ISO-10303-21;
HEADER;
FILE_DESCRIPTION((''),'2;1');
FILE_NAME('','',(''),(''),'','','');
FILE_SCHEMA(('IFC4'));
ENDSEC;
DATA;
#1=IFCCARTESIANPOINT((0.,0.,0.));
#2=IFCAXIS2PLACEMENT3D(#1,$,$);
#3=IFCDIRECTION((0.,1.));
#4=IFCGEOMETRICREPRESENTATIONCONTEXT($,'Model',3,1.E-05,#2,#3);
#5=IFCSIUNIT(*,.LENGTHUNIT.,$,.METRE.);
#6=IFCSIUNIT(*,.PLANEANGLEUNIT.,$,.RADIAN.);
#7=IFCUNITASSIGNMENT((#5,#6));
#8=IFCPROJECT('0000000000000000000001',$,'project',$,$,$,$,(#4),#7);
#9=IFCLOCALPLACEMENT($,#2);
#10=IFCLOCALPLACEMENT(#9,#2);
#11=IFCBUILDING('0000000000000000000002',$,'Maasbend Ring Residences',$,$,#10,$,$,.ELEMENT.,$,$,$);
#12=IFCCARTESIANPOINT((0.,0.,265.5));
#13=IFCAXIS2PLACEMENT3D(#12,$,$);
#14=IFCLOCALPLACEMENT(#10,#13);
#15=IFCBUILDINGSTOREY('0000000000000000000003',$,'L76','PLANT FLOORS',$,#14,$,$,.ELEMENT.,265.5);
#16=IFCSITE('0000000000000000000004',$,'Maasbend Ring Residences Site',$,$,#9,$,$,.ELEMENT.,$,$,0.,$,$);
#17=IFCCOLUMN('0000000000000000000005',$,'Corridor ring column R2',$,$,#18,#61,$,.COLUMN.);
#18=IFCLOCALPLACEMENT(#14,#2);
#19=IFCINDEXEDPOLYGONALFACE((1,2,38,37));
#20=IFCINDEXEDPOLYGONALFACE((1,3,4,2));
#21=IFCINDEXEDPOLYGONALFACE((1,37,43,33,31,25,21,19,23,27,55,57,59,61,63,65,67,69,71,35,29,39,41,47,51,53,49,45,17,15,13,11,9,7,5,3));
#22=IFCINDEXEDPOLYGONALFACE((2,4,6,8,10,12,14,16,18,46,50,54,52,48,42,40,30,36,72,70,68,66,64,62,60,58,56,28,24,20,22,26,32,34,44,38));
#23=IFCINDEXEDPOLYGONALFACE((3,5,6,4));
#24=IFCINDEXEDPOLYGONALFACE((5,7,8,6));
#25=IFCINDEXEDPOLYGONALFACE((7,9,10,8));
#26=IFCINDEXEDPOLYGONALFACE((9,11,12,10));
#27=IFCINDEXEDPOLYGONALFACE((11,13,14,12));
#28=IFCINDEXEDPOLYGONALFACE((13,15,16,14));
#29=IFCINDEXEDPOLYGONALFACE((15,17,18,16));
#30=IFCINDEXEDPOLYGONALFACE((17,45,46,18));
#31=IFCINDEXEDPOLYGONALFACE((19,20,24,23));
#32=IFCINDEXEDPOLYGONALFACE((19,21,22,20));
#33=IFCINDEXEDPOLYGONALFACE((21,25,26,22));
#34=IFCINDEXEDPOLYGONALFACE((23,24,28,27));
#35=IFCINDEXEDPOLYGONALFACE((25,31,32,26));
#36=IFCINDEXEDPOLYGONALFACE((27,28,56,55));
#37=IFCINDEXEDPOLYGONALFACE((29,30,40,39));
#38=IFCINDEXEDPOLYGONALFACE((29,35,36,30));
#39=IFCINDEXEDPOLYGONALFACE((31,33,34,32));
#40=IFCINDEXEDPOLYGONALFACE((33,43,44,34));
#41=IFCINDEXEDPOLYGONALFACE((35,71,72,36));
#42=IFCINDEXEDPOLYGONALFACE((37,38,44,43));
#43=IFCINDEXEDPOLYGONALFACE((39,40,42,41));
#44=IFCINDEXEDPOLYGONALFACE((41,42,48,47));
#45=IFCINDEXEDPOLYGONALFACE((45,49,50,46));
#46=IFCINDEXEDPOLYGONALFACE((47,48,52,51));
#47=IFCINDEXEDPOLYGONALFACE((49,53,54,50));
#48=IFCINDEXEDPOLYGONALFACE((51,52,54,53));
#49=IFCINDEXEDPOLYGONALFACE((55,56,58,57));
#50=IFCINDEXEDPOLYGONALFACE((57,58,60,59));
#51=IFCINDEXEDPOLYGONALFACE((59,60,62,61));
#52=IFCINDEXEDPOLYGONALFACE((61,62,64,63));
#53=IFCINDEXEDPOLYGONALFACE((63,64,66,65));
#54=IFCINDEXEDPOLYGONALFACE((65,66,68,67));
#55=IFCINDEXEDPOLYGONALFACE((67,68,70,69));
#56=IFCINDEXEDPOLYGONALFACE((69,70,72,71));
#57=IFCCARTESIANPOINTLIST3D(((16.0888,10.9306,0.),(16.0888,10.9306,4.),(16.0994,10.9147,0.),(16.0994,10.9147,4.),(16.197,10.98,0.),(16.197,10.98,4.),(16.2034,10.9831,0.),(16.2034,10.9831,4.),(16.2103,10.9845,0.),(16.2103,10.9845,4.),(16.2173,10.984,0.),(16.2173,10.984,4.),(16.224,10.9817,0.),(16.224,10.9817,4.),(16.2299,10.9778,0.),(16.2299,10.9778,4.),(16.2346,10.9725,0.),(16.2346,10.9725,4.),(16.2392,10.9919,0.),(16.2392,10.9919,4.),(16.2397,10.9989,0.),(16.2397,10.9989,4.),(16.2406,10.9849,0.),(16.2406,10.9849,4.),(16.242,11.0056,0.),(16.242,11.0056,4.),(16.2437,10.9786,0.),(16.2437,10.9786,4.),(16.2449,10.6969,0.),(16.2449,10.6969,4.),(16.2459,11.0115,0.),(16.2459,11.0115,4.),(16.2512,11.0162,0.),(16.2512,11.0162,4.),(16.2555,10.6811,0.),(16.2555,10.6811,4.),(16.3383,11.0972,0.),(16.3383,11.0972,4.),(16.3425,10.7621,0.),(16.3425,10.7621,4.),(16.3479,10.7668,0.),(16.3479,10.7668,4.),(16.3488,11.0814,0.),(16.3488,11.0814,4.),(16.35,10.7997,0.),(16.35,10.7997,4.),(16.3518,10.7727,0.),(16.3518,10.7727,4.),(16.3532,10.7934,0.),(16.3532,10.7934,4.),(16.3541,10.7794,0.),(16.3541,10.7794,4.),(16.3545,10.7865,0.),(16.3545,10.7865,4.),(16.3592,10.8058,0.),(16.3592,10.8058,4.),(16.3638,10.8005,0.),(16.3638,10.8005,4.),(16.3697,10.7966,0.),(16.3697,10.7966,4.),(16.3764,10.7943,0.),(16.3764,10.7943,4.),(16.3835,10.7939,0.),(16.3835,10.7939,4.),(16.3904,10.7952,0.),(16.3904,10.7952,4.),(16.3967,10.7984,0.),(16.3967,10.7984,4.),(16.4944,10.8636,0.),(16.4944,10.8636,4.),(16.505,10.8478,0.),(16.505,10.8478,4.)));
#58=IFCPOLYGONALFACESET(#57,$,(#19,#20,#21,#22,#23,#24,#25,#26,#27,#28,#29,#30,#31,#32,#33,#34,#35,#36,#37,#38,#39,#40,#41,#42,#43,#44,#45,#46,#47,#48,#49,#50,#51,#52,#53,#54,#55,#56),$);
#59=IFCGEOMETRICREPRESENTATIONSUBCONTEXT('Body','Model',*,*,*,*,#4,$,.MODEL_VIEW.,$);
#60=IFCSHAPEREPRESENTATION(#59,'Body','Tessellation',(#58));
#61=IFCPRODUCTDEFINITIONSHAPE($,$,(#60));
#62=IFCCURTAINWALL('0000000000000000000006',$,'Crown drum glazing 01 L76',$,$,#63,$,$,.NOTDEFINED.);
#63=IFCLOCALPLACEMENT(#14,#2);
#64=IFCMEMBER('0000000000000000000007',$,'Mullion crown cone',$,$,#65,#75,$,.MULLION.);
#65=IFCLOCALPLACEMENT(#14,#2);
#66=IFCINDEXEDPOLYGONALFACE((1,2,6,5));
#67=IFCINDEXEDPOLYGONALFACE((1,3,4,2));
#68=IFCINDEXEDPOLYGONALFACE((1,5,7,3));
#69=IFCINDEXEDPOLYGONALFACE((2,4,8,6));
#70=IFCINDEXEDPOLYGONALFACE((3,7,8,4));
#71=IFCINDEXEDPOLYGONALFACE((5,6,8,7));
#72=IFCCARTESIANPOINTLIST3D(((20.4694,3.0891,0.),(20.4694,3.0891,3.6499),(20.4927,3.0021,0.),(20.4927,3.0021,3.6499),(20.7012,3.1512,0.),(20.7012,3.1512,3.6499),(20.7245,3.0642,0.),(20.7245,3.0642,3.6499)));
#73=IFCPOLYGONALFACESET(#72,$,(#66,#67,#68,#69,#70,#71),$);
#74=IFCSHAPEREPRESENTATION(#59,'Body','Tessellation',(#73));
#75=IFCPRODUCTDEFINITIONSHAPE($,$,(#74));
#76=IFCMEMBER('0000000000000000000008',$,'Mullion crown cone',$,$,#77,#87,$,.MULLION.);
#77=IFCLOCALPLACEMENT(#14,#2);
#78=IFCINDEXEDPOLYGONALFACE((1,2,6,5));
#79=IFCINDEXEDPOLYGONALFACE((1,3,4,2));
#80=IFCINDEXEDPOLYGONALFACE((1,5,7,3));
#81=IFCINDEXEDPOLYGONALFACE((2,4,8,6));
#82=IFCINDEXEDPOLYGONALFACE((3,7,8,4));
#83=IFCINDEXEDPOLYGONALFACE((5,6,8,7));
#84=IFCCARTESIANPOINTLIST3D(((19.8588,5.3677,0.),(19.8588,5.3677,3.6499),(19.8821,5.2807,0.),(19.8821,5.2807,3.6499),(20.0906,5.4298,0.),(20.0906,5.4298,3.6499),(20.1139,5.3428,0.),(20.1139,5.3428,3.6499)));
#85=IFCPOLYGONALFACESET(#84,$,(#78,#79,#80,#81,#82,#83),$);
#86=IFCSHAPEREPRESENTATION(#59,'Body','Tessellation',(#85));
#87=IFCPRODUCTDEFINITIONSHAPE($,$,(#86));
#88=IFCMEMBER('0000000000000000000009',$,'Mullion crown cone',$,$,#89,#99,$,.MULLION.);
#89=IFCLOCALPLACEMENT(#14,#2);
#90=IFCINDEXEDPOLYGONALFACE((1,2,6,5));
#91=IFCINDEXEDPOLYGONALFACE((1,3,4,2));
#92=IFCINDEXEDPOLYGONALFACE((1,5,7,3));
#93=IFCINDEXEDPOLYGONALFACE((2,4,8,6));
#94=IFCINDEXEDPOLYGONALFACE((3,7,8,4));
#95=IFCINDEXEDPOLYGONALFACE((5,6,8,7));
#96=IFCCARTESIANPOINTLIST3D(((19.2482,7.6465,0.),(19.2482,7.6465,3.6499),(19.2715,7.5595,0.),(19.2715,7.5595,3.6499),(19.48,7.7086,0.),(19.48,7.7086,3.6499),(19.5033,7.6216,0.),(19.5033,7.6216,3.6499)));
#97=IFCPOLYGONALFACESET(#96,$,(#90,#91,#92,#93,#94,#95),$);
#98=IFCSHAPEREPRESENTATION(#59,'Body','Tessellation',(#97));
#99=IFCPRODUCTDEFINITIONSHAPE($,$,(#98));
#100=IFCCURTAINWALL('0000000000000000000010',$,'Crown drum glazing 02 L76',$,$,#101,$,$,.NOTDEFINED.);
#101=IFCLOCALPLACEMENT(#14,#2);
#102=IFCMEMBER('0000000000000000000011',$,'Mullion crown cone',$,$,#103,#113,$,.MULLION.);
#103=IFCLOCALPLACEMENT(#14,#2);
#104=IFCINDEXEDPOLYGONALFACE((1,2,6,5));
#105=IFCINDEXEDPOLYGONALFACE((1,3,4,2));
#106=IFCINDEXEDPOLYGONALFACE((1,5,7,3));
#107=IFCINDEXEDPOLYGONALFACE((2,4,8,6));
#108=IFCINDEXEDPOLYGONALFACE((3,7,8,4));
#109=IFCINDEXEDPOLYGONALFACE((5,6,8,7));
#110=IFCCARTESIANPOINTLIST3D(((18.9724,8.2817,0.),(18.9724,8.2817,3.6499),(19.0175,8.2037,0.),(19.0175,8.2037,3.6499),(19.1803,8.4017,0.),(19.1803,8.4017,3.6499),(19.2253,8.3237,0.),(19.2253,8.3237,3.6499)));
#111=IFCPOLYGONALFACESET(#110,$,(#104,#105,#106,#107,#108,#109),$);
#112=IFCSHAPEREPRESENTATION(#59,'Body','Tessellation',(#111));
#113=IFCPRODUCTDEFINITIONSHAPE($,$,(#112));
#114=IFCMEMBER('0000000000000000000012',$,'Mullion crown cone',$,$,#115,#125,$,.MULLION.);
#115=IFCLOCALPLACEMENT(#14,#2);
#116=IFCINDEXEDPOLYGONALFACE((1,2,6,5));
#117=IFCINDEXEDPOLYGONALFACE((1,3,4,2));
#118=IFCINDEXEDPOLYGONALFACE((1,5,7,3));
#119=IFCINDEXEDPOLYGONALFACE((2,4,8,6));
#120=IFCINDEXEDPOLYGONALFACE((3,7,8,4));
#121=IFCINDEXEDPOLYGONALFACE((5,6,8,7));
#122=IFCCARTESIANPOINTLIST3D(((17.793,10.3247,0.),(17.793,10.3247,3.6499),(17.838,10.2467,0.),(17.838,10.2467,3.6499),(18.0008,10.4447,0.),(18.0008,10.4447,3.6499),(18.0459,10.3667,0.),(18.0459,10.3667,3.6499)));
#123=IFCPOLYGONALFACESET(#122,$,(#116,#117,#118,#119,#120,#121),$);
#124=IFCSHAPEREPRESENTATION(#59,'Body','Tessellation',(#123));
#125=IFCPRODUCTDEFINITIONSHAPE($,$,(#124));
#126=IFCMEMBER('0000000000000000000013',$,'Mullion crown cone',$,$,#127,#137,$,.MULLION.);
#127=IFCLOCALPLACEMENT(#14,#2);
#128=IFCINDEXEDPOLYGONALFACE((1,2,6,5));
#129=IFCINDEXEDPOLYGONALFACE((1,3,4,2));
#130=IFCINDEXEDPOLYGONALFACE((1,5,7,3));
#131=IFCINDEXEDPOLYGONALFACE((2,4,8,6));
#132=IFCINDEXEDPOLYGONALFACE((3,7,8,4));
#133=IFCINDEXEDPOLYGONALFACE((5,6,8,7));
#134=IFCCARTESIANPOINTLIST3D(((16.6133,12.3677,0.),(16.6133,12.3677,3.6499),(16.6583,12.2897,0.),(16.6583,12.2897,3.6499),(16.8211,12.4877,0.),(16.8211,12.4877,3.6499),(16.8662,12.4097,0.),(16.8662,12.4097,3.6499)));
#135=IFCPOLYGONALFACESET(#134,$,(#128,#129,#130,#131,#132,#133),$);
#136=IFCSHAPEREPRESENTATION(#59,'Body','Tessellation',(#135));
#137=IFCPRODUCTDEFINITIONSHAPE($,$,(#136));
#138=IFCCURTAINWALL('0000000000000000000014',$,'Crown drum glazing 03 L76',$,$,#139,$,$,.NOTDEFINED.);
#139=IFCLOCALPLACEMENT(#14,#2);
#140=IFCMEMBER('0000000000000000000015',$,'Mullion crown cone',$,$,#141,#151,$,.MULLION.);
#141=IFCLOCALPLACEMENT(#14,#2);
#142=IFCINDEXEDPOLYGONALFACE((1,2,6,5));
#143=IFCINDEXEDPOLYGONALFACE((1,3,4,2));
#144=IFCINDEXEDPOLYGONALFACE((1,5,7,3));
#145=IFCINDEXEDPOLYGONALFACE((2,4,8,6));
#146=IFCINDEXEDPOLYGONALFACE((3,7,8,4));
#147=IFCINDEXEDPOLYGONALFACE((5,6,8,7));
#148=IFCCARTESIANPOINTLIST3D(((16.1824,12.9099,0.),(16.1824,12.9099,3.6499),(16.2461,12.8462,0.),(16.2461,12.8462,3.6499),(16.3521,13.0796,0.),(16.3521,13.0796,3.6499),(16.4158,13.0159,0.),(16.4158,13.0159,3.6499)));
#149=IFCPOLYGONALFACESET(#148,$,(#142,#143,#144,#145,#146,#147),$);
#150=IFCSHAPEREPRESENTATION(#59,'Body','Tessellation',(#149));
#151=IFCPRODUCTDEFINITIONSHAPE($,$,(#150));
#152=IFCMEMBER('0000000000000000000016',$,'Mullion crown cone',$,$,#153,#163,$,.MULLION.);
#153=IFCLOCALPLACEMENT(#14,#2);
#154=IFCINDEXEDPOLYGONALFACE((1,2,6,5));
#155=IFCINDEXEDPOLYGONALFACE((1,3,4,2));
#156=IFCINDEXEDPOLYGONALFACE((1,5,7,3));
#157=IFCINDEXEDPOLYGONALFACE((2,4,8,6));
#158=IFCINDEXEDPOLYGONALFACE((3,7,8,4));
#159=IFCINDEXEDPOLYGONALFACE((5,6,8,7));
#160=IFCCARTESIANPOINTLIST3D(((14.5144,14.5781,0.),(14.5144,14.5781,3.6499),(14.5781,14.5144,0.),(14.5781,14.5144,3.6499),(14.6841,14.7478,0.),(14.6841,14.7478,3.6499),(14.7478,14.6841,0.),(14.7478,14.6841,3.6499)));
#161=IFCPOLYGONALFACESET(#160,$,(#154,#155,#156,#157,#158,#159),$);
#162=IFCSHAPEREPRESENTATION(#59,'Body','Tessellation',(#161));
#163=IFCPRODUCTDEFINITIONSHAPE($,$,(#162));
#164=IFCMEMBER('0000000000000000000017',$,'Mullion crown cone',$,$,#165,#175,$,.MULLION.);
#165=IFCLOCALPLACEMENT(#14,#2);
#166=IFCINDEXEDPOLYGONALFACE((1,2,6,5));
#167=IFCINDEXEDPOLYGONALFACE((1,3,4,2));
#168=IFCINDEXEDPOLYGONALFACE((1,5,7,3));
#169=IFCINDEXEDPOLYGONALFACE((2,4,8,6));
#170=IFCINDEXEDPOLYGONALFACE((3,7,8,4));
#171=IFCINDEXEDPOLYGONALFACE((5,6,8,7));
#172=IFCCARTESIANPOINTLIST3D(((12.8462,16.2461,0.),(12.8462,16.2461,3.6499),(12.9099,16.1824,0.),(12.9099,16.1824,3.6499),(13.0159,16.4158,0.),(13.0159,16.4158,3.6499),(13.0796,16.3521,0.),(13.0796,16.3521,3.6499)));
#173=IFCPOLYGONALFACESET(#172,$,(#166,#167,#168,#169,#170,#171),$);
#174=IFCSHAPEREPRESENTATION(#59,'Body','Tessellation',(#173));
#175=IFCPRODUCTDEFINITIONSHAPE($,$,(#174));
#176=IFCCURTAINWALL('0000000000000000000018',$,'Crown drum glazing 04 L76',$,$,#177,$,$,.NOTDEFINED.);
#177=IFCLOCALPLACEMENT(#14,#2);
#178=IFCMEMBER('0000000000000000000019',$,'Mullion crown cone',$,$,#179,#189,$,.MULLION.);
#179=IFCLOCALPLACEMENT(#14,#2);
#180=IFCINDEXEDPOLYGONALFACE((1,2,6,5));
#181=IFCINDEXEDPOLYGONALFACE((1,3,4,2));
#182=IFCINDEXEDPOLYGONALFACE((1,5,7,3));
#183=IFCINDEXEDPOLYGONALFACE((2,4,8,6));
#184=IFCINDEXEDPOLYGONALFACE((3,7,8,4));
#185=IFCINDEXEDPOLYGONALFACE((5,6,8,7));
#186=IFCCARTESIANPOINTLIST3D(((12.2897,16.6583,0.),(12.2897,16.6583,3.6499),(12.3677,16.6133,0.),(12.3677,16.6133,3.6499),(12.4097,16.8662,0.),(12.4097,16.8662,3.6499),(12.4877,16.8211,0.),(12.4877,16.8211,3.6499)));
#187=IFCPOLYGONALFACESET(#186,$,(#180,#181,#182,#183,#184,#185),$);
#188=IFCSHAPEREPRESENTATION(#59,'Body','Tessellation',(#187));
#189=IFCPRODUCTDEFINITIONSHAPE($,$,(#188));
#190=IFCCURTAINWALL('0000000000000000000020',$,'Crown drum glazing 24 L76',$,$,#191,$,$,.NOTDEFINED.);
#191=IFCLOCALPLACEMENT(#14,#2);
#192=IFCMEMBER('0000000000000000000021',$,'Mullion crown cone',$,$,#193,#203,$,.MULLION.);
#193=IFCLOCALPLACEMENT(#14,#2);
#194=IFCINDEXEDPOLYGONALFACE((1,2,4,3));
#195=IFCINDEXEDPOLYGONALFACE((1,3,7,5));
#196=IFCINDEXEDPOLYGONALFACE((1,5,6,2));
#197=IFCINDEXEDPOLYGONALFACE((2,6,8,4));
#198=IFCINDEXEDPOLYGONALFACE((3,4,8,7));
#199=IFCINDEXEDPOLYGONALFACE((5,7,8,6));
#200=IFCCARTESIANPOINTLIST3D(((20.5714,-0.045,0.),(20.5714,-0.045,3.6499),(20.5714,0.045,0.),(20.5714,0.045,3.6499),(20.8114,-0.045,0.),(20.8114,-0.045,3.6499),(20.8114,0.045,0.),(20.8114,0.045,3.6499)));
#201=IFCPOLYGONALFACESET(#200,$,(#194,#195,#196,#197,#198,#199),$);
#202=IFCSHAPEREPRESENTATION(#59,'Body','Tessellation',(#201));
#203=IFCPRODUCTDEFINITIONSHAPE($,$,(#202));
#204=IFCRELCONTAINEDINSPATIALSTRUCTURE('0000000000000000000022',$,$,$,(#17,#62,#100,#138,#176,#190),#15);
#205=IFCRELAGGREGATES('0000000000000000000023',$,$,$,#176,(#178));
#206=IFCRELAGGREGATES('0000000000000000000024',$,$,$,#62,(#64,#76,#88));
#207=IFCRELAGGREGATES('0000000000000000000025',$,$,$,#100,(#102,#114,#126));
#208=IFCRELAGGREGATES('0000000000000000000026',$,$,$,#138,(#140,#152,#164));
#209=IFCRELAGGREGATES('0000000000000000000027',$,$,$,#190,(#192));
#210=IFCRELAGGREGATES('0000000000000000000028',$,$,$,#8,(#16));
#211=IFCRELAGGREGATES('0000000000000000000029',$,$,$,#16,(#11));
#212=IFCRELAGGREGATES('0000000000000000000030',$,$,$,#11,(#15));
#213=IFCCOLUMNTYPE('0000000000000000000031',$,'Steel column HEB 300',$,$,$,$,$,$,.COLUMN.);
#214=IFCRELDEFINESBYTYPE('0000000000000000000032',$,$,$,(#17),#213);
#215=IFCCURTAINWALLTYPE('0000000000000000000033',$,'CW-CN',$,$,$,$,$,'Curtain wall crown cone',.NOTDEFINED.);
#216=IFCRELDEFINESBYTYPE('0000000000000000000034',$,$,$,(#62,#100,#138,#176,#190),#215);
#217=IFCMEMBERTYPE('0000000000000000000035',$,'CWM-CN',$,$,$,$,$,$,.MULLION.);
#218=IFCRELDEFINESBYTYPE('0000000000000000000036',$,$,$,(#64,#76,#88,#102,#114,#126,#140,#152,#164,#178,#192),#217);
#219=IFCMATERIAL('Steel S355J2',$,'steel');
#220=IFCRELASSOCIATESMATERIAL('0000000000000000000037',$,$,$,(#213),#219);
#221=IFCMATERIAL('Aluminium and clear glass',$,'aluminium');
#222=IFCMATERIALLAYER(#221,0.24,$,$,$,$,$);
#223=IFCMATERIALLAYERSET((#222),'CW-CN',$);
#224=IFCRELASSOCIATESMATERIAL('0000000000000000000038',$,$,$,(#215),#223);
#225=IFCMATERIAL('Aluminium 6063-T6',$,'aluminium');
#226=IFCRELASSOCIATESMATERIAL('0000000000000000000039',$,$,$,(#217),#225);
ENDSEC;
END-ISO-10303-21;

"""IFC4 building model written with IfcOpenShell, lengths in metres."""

from ifc_helpers import new_model, si_unit, direction, frame, origin, origin_2d, place, context, subcontext, project, spatial, rectangle, i_section, extrude, material, layer, layer_set, material_profile, profile_set, type_object, element, aggregate, save


model = new_model("IFC4")

# Units and contexts
model_context = context("Model", 3, precision=1e-05, world=origin(), true_north=direction((0.0, 1.0)))
body_context = subcontext(model_context, "Body", "Model", "MODEL_VIEW")
ifc_project = project(units=[si_unit("LENGTHUNIT", "METRE"), si_unit("PLANEANGLEUNIT", "RADIAN")], contexts=[model_context])

# Site, building, storey
site_placement = place(None, origin())
site = spatial("IfcSite", under=ifc_project, at=site_placement, Name="Maasbend Ring Residences Site", CompositionType="ELEMENT", RefElevation=0.0)
building_placement = place(site_placement, origin())
building = spatial("IfcBuilding", under=site, at=building_placement, Name="Maasbend Ring Residences", CompositionType="ELEMENT")
storey_placement = place(building_placement, frame((0.0, 0.0, 265.5)))
storey = spatial("IfcBuildingStorey", under=building, at=storey_placement, Name="L76", Description="PLANT FLOORS", CompositionType="ELEMENT", Elevation=265.5)

# Column
ifc_material_1 = material(Name="Steel S355J2", Category="steel")
ifc_material_profile_1 = material_profile(ifc_material_1, i_section(OverallWidth=0.3, OverallDepth=0.3, WebThickness=0.011, FlangeThickness=0.019, FilletRadius=0.0271, at=origin_2d()), Name="HEB 300")
ifc_profile_set_1 = profile_set([ifc_material_profile_1], Name="Steel S355J2")
column_type = type_object("IfcColumnType", Name="Steel column HEB 300", PredefinedType="COLUMN", material=ifc_profile_set_1)
column_placement = place(storey_placement, frame((16.2969, 10.8892, 0.0), z_axis=(0.0, 0.0, 1.0), x_axis=(0.83147, 0.55557, 0.0)))
element("IfcColumn", 1, at=column_placement, inside=storey, type_object=column_type, Name="Corridor ring column R2", PredefinedType="COLUMN", context=body_context, shape_type="SweptSolid", body=[
    extrude(i_section(OverallWidth=0.3, OverallDepth=0.3, WebThickness=0.011, FlangeThickness=0.019, FilletRadius=0.0271, at=origin_2d()), origin(), (0.0, 0.0, 1.0), 4.0),
])

# Curtain walls, members
ifc_material_2 = material(Name="Aluminium and clear glass", Category="aluminium")
ifc_layer_1 = layer(ifc_material_2, 0.24)
ifc_layer_set_1 = layer_set([ifc_layer_1], Name="CW-CN")
curtain_wall_type = type_object("IfcCurtainWallType", Name="CW-CN", ElementType="Curtain wall crown cone", PredefinedType="NOTDEFINED", material=ifc_layer_set_1)
curtain_wall_1_placement = place(storey_placement, origin())
curtain_wall_1 = element("IfcCurtainWall", 2, at=curtain_wall_1_placement, inside=storey, type_object=curtain_wall_type, Name="Crown drum glazing 01 L76", PredefinedType="NOTDEFINED")
ifc_material_3 = material(Name="Aluminium 6063-T6", Category="aluminium")
ifc_material_profile_2 = material_profile(ifc_material_3, rectangle(XDim=0.24, YDim=0.0901, at=origin_2d()), Name="AL 240x90")
ifc_profile_set_2 = profile_set([ifc_material_profile_2], Name="Aluminium 6063-T6")
member_type_1 = type_object("IfcMemberType", Name="CWM-CN", PredefinedType="MULLION", material=ifc_profile_set_2)
member_1_placement = place(storey_placement, frame((20.5969, 3.0767, 0.0), z_axis=(0.0, 0.0, 1.0), x_axis=(-0.965926, -0.258819, 0.0)))
member_1 = element("IfcMember", 3, at=member_1_placement, type_object=member_type_1, Name="Mullion crown cone", PredefinedType="MULLION", context=body_context, shape_type="SweptSolid", body=[
    extrude(rectangle(XDim=0.24, YDim=0.0901, at=origin_2d()), origin(), (0.0, 0.0, 1.0), 3.6499),
])
member_2_placement = place(storey_placement, frame((19.9863, 5.3552, 0.0), z_axis=(0.0, 0.0, 1.0), x_axis=(-0.965926, -0.258819, 0.0)))
member_2 = element("IfcMember", 4, at=member_2_placement, type_object=member_type_1, Name="Mullion crown cone", PredefinedType="MULLION", context=body_context, shape_type="SweptSolid", body=[
    extrude(rectangle(XDim=0.24, YDim=0.0901, at=origin_2d()), origin(), (0.0, 0.0, 1.0), 3.6499),
])
member_3_placement = place(storey_placement, frame((19.3757, 7.634, 0.0), z_axis=(0.0, 0.0, 1.0), x_axis=(-0.965926, -0.258819, 0.0)))
member_3 = element("IfcMember", 5, at=member_3_placement, type_object=member_type_1, Name="Mullion crown cone", PredefinedType="MULLION", context=body_context, shape_type="SweptSolid", body=[
    extrude(rectangle(XDim=0.24, YDim=0.0901, at=origin_2d()), origin(), (0.0, 0.0, 1.0), 3.6499),
])
curtain_wall_2_placement = place(storey_placement, origin())
curtain_wall_2 = element("IfcCurtainWall", 6, at=curtain_wall_2_placement, inside=storey, type_object=curtain_wall_type, Name="Crown drum glazing 02 L76", PredefinedType="NOTDEFINED")
member_4_placement = place(storey_placement, frame((19.0989, 8.3027, 0.0), z_axis=(0.0, 0.0, 1.0), x_axis=(-0.866025, -0.5, 0.0)))
member_4 = element("IfcMember", 7, at=member_4_placement, type_object=member_type_1, Name="Mullion crown cone", PredefinedType="MULLION", context=body_context, shape_type="SweptSolid", body=[
    extrude(rectangle(XDim=0.24, YDim=0.0901, at=origin_2d()), origin(), (0.0, 0.0, 1.0), 3.6499),
])
member_5_placement = place(storey_placement, frame((17.9194, 10.3457, 0.0), z_axis=(0.0, 0.0, 1.0), x_axis=(-0.866025, -0.5, 0.0)))
member_5 = element("IfcMember", 8, at=member_5_placement, type_object=member_type_1, Name="Mullion crown cone", PredefinedType="MULLION", context=body_context, shape_type="SweptSolid", body=[
    extrude(rectangle(XDim=0.24, YDim=0.0901, at=origin_2d()), origin(), (0.0, 0.0, 1.0), 3.6499),
])
member_6_placement = place(storey_placement, frame((16.7397, 12.3887, 0.0), z_axis=(0.0, 0.0, 1.0), x_axis=(-0.866025, -0.5, 0.0)))
member_6 = element("IfcMember", 9, at=member_6_placement, type_object=member_type_1, Name="Mullion crown cone", PredefinedType="MULLION", context=body_context, shape_type="SweptSolid", body=[
    extrude(rectangle(XDim=0.24, YDim=0.0901, at=origin_2d()), origin(), (0.0, 0.0, 1.0), 3.6499),
])
curtain_wall_3_placement = place(storey_placement, origin())
curtain_wall_3 = element("IfcCurtainWall", 10, at=curtain_wall_3_placement, inside=storey, type_object=curtain_wall_type, Name="Crown drum glazing 03 L76", PredefinedType="NOTDEFINED")
member_7_placement = place(storey_placement, frame((16.2991, 12.9629, 0.0), z_axis=(0.0, 0.0, 1.0), x_axis=(-0.707107, -0.707107, 0.0)))
member_7 = element("IfcMember", 11, at=member_7_placement, type_object=member_type_1, Name="Mullion crown cone", PredefinedType="MULLION", context=body_context, shape_type="SweptSolid", body=[
    extrude(rectangle(XDim=0.24, YDim=0.0901, at=origin_2d()), origin(), (0.0, 0.0, 1.0), 3.6499),
])
member_8_placement = place(storey_placement, frame((14.6311, 14.6311, 0.0), z_axis=(0.0, 0.0, 1.0), x_axis=(-0.707107, -0.707107, 0.0)))
member_8 = element("IfcMember", 12, at=member_8_placement, type_object=member_type_1, Name="Mullion crown cone", PredefinedType="MULLION", context=body_context, shape_type="SweptSolid", body=[
    extrude(rectangle(XDim=0.24, YDim=0.0901, at=origin_2d()), origin(), (0.0, 0.0, 1.0), 3.6499),
])
member_9_placement = place(storey_placement, frame((12.9629, 16.2991, 0.0), z_axis=(0.0, 0.0, 1.0), x_axis=(-0.707107, -0.707107, 0.0)))
member_9 = element("IfcMember", 13, at=member_9_placement, type_object=member_type_1, Name="Mullion crown cone", PredefinedType="MULLION", context=body_context, shape_type="SweptSolid", body=[
    extrude(rectangle(XDim=0.24, YDim=0.0901, at=origin_2d()), origin(), (0.0, 0.0, 1.0), 3.6499),
])

# Curtain wall, member
curtain_wall_4_placement = place(storey_placement, origin())
curtain_wall_4 = element("IfcCurtainWall", 14, at=curtain_wall_4_placement, inside=storey, type_object=curtain_wall_type, Name="Crown drum glazing 04 L76", PredefinedType="NOTDEFINED")
member_10_placement = place(storey_placement, frame((12.3887, 16.7397, 0.0), z_axis=(0.0, 0.0, 1.0), x_axis=(-0.5, -0.866025, 0.0)))
member_10 = element("IfcMember", 15, at=member_10_placement, type_object=member_type_1, Name="Mullion crown cone", PredefinedType="MULLION", context=body_context, shape_type="SweptSolid", body=[
    extrude(rectangle(XDim=0.24, YDim=0.0901, at=origin_2d()), origin(), (0.0, 0.0, 1.0), 3.6499),
])

# Curtain wall, member
curtain_wall_5_placement = place(storey_placement, origin())
curtain_wall_5 = element("IfcCurtainWall", 16, at=curtain_wall_5_placement, inside=storey, type_object=curtain_wall_type, Name="Crown drum glazing 24 L76", PredefinedType="NOTDEFINED")
member_11_placement = place(storey_placement, frame((20.6914, 0.0, 0.0), z_axis=(0.0, 0.0, 1.0), x_axis=(-1.0, 0.0, 0.0)))
member_11 = element("IfcMember", 17, at=member_11_placement, type_object=member_type_1, Name="Mullion crown cone", PredefinedType="MULLION", context=body_context, shape_type="SweptSolid", body=[
    extrude(rectangle(XDim=0.24, YDim=0.0901, at=origin_2d()), origin(), (0.0, 0.0, 1.0), 3.6499),
])

aggregate(curtain_wall_4, [member_10])

aggregate(curtain_wall_1, [member_1, member_2, member_3])
aggregate(curtain_wall_2, [member_4, member_5, member_6])
aggregate(curtain_wall_3, [member_7, member_8, member_9])
aggregate(curtain_wall_5, [member_11])

save(model, "model.ifc")
